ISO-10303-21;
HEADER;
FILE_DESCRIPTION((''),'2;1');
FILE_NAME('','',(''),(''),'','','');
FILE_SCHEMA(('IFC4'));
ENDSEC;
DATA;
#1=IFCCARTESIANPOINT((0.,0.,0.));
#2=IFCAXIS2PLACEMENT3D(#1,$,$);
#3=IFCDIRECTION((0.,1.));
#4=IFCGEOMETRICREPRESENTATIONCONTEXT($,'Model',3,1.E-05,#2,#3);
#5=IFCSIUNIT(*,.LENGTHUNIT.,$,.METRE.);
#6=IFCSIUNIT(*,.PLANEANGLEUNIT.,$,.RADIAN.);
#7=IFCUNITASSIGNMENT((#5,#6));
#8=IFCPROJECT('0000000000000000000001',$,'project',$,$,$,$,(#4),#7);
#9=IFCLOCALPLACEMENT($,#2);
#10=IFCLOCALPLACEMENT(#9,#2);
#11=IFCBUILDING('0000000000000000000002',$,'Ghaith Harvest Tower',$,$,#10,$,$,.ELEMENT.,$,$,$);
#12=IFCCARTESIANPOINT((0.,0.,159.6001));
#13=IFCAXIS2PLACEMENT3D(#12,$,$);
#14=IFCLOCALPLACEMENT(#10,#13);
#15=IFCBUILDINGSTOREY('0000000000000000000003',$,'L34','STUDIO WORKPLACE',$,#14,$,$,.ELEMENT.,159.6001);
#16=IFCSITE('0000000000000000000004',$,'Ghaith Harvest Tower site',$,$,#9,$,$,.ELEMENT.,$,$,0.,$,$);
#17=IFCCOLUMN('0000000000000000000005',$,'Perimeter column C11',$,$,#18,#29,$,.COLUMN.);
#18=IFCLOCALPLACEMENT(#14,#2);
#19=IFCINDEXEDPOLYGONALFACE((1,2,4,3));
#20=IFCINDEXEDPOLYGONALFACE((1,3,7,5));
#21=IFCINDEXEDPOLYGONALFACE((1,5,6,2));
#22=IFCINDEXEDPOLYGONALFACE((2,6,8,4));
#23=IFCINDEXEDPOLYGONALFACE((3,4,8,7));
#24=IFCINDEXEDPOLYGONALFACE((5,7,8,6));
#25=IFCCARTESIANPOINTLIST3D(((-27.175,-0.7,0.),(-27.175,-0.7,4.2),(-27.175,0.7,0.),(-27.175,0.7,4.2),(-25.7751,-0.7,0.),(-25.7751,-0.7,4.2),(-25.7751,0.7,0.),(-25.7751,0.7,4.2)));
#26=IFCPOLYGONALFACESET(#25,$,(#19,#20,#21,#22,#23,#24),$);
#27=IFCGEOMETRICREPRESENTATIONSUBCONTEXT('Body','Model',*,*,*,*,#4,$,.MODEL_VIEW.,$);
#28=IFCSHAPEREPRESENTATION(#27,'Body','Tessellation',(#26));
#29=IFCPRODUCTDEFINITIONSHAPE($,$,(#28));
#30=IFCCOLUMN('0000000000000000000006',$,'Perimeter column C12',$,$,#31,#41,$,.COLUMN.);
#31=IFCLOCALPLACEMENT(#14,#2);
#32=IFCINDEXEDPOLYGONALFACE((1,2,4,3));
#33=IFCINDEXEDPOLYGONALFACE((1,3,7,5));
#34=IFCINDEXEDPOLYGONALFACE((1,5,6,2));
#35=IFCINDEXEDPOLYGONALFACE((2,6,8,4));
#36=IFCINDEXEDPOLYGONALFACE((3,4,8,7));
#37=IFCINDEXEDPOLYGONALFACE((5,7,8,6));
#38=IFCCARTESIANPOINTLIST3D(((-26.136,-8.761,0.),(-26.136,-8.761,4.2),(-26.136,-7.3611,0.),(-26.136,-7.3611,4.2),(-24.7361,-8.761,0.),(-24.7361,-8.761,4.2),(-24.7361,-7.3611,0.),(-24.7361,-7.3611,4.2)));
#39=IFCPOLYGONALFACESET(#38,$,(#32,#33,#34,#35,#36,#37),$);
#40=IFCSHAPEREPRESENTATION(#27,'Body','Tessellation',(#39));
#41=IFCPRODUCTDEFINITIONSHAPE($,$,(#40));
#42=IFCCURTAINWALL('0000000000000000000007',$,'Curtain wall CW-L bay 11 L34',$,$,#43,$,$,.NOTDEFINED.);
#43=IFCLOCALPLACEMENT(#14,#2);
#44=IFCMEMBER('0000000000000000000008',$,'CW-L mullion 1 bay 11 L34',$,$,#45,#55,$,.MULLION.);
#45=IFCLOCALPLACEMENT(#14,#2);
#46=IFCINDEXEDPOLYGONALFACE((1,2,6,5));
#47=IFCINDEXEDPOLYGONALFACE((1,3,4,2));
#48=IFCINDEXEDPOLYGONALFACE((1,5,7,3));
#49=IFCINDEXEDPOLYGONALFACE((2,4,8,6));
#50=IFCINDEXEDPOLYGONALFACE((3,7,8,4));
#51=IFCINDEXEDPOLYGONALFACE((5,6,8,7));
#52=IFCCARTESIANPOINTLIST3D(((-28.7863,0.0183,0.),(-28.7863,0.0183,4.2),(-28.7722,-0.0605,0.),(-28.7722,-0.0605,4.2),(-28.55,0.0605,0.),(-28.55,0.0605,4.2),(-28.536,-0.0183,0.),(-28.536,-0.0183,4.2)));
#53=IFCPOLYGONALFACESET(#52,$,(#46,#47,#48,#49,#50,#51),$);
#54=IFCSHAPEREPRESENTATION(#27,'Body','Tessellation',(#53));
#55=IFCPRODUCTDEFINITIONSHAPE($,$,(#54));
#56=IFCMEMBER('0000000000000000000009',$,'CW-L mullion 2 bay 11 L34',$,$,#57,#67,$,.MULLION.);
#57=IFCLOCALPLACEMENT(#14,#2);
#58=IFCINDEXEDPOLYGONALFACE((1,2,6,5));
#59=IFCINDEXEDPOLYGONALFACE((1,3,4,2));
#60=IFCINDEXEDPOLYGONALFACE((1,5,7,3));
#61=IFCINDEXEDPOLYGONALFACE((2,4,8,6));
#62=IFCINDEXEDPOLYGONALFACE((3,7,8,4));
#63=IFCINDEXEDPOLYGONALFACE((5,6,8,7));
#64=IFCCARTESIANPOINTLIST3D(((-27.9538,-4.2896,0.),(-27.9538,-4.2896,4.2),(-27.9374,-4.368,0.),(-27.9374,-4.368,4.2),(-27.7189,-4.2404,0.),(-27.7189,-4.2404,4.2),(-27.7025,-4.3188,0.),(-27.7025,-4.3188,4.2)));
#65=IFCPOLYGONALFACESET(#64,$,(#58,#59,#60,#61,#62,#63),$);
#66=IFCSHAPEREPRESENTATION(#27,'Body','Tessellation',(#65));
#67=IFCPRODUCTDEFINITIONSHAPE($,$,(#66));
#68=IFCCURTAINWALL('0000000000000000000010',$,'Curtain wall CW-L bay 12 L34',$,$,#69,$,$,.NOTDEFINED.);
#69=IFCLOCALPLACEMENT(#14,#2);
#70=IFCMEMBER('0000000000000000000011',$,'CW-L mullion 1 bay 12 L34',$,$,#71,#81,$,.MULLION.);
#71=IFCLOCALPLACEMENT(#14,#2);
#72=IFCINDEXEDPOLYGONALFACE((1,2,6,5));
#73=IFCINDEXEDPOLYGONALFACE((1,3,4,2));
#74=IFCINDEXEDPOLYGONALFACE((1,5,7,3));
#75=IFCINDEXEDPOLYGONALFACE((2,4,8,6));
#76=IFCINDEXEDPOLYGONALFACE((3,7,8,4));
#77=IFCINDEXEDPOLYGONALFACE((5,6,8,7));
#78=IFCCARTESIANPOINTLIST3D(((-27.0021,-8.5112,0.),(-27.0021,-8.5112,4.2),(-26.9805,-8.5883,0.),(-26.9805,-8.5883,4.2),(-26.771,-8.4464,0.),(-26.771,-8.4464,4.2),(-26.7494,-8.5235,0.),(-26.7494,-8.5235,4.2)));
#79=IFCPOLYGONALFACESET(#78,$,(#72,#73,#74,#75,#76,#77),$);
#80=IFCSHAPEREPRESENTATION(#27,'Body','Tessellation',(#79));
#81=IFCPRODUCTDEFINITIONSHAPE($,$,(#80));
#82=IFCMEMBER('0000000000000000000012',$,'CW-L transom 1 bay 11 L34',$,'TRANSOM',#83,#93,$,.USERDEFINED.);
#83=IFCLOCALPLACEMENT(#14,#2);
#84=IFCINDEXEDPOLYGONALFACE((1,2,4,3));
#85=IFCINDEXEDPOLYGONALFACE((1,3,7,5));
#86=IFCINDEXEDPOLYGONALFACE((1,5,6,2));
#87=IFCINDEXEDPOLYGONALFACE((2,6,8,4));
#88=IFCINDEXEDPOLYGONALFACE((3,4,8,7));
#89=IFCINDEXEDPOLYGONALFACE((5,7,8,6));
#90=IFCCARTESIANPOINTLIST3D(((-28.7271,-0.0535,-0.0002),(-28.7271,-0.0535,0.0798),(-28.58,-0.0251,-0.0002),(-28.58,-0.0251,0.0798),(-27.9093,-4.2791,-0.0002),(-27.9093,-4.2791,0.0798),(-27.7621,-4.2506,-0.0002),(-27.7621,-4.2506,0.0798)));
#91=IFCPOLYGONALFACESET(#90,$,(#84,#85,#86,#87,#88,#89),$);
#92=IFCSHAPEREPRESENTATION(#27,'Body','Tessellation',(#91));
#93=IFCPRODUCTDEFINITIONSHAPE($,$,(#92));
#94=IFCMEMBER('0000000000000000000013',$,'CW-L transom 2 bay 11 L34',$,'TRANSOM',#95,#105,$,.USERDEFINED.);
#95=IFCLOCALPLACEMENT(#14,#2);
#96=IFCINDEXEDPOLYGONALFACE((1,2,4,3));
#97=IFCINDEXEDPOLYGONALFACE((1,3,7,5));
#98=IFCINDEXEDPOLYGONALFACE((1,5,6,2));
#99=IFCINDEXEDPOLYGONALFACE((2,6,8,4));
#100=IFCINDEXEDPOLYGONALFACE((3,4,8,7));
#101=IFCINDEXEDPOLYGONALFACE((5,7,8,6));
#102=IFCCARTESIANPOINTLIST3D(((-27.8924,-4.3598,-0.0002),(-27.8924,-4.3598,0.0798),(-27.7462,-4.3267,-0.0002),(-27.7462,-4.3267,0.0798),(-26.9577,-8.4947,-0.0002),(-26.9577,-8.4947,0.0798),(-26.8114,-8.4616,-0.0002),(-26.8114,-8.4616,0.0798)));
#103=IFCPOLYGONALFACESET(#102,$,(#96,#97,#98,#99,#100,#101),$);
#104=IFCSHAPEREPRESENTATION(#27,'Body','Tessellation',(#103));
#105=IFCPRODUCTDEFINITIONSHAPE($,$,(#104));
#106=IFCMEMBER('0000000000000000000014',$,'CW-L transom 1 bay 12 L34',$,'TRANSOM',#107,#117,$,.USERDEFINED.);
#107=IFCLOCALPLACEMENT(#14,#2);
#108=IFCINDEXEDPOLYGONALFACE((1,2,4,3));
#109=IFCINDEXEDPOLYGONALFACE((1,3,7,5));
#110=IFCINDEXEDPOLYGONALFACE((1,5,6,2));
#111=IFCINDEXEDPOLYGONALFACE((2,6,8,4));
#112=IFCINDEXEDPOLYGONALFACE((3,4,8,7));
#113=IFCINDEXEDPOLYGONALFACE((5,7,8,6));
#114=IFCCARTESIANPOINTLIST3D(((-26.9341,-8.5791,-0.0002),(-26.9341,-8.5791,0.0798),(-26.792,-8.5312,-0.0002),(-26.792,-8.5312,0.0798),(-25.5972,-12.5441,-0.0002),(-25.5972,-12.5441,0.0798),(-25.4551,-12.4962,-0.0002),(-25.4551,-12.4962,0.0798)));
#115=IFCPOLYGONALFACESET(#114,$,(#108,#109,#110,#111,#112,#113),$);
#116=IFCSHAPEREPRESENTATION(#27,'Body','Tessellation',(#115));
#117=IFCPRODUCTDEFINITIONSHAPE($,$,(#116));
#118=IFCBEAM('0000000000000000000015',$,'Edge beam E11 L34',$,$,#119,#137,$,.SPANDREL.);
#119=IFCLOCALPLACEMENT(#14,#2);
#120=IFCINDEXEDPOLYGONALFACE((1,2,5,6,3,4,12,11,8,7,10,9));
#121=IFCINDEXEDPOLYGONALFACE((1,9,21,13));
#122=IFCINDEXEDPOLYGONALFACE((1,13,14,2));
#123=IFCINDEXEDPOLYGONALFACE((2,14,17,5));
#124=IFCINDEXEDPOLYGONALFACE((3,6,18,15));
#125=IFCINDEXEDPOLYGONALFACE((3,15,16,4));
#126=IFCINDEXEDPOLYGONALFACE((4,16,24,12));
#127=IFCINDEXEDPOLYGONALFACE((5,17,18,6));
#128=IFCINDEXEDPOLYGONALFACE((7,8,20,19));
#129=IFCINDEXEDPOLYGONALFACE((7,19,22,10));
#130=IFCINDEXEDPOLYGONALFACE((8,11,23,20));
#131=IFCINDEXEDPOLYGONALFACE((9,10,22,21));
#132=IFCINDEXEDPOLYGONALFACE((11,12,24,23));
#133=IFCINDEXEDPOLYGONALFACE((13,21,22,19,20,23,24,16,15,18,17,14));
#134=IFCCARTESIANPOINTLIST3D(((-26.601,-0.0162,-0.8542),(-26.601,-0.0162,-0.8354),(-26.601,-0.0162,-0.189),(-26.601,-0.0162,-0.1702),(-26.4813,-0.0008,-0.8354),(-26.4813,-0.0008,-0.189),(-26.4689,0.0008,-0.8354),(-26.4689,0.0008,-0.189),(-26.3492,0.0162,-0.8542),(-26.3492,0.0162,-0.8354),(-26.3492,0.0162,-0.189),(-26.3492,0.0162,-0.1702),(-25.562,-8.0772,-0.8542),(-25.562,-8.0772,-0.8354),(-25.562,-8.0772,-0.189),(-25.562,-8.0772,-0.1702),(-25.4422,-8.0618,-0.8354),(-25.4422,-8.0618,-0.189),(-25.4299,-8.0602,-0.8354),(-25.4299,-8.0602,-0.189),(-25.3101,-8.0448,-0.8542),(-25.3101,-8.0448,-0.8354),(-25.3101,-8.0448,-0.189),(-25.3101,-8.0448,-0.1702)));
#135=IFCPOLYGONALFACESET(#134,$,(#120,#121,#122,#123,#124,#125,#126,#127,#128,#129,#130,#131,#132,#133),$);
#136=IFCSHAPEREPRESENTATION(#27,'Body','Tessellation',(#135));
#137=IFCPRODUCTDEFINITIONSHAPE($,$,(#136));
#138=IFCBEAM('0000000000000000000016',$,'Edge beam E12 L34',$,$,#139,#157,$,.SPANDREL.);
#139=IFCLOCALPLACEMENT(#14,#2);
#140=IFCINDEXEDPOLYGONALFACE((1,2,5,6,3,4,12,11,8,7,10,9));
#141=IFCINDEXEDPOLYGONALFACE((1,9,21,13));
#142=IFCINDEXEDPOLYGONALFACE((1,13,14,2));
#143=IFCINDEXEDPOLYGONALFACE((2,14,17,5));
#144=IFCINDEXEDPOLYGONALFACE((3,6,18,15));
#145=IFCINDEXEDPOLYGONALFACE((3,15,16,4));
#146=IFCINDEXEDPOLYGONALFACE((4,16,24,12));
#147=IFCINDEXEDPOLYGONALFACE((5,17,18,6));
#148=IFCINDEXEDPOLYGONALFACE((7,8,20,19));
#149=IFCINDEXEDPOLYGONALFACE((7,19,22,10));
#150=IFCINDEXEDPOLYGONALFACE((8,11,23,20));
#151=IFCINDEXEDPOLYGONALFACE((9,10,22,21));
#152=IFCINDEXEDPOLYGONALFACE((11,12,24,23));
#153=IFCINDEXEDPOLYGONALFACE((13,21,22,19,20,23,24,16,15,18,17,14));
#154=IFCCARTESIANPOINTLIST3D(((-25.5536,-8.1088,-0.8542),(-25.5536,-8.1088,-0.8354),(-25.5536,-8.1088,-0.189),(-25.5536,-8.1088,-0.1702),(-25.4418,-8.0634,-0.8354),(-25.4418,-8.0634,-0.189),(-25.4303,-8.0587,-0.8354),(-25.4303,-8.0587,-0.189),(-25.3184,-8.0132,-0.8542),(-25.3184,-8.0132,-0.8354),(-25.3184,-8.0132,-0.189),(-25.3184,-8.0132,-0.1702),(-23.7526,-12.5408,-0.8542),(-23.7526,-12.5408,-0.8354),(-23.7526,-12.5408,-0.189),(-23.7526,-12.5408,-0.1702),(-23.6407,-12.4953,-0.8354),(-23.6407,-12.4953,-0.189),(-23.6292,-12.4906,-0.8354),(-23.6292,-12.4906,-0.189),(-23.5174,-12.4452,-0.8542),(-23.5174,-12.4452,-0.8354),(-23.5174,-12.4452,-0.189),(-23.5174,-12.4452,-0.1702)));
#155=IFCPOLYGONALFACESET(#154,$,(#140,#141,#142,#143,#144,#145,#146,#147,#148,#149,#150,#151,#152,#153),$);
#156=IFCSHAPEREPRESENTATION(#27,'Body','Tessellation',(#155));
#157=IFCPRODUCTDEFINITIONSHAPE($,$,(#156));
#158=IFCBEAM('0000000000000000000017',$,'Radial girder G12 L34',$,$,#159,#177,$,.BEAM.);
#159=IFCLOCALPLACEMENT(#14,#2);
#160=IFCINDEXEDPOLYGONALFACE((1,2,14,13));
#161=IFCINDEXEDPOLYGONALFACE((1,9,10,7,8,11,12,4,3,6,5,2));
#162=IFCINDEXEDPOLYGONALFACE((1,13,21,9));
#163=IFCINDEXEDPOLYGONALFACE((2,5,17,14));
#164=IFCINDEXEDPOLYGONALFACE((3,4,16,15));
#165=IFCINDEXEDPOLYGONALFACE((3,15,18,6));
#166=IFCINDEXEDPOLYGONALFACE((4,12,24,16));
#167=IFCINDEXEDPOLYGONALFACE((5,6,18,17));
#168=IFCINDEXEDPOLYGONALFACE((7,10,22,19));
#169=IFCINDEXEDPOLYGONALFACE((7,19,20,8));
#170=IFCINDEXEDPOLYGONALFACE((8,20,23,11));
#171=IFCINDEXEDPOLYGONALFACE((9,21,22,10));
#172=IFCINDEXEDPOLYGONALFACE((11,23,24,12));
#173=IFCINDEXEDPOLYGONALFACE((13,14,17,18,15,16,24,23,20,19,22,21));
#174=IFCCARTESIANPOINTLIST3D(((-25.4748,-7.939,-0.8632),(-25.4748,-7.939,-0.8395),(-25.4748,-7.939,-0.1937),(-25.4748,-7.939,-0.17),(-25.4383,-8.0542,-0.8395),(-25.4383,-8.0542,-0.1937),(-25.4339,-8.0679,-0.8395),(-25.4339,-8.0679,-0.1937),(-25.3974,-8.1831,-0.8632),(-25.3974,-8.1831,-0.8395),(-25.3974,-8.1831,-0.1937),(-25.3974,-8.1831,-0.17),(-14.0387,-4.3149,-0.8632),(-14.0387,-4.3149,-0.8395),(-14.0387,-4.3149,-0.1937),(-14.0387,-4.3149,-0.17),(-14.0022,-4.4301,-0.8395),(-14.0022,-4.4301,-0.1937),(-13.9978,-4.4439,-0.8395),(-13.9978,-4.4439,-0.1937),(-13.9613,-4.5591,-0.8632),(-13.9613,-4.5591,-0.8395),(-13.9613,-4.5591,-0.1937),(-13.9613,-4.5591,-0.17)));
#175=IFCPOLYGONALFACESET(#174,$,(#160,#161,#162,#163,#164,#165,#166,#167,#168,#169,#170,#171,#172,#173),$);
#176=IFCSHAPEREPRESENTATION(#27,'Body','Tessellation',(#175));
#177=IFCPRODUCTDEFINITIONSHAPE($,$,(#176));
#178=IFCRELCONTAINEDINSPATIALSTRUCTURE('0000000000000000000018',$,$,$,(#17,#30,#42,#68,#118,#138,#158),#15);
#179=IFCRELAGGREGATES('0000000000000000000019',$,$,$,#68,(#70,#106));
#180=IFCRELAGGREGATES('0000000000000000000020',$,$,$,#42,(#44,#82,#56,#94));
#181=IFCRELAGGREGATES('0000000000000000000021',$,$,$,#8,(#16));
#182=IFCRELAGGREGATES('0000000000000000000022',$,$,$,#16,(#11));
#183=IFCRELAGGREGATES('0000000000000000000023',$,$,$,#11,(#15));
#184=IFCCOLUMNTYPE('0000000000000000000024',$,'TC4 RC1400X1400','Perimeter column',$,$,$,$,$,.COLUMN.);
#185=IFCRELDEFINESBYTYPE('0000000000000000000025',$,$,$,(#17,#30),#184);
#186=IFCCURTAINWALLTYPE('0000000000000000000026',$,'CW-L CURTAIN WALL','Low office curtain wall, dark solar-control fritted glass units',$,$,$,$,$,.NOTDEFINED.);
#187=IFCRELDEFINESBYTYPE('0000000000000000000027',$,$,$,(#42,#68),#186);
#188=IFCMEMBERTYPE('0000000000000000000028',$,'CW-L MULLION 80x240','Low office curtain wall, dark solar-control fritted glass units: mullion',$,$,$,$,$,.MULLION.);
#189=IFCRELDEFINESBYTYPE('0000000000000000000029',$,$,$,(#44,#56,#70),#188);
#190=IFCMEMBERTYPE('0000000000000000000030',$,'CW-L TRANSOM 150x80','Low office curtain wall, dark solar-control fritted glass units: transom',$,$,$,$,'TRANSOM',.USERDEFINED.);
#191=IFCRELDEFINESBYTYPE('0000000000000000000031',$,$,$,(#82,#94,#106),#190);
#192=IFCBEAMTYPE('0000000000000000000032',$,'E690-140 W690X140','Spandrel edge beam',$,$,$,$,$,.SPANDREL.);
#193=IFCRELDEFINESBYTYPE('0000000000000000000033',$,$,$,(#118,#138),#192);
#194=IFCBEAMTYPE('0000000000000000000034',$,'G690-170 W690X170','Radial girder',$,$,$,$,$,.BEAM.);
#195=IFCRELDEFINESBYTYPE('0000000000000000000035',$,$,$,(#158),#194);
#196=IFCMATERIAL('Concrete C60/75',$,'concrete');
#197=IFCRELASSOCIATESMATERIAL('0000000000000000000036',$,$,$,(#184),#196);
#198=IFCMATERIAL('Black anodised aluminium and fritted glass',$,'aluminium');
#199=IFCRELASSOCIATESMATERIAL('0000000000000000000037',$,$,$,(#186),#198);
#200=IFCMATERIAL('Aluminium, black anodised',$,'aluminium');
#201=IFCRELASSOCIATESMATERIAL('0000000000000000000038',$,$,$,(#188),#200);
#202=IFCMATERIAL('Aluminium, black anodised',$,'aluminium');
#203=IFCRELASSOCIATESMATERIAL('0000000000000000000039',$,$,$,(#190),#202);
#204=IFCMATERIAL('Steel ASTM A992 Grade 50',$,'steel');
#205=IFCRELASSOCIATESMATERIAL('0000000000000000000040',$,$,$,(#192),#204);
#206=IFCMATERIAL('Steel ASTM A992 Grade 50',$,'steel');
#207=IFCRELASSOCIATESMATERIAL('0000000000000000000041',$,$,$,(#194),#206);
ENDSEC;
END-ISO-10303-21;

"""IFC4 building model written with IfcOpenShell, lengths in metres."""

from ifc_helpers import new_model, si_unit, direction, frame, origin, origin_2d, place, context, subcontext, project, spatial, rectangle, i_section, extrude, material, material_profile, profile_set, type_object, element, aggregate, save


model = new_model("IFC4")

# Units and contexts
model_context = context("Model", 3, precision=1e-05, world=origin(), true_north=direction((0.0, 1.0)))
body_context = subcontext(model_context, "Body", "Model", "MODEL_VIEW")
ifc_project = project(units=[si_unit("LENGTHUNIT", "METRE"), si_unit("PLANEANGLEUNIT", "RADIAN")], contexts=[model_context])

# Site, building, storey
site_placement = place(None, origin())
site = spatial("IfcSite", under=ifc_project, at=site_placement, Name="Ghaith Harvest Tower site", CompositionType="ELEMENT", RefElevation=0.0)
building_placement = place(site_placement, origin())
building = spatial("IfcBuilding", under=site, at=building_placement, Name="Ghaith Harvest Tower", CompositionType="ELEMENT")
storey_placement = place(building_placement, frame((0.0, 0.0, 159.6001)))
storey = spatial("IfcBuildingStorey", under=building, at=storey_placement, Name="L34", Description="STUDIO WORKPLACE", CompositionType="ELEMENT", Elevation=159.6001)

# Columns
ifc_material_1 = material(Name="Concrete C60/75", Category="concrete")
ifc_material_profile_1 = material_profile(ifc_material_1, rectangle(XDim=1.3999, YDim=1.3999, at=origin_2d()), Name="RC1400X1400")
ifc_profile_set_1 = profile_set([ifc_material_profile_1], Name="Concrete C60/75")
column_type = type_object("IfcColumnType", Name="TC4 RC1400X1400", Description="Perimeter column", PredefinedType="COLUMN", material=ifc_profile_set_1)
for number, where, z_axis, x_axis, name in (
    (1, (-26.4751, 0.0, 0.0), (0.0, 0.0, 1.0), (1.0, 0.0, 0.0), "Perimeter column C11"),
    (2, (-25.436, -8.061, 0.0), (0.0, 0.0, 1.0), (1.0, 0.0, 0.0), "Perimeter column C12"),
):
    element("IfcColumn", number, at=place(storey_placement, frame(where, z_axis=z_axis, x_axis=x_axis)), inside=storey, type_object=column_type, Name=name, PredefinedType="COLUMN", context=body_context, shape_type="SweptSolid", body=[
        extrude(rectangle(XDim=1.3999, YDim=1.3999, at=origin_2d()), origin(), (0.0, 0.0, 1.0), 4.2),
    ])

# Curtain wall, members
ifc_material_2 = material(Name="Black anodised aluminium and fritted glass", Category="aluminium")
curtain_wall_type = type_object("IfcCurtainWallType", Name="CW-L CURTAIN WALL", Description="Low office curtain wall, dark solar-control fritted glass units", PredefinedType="NOTDEFINED", material=ifc_material_2)
curtain_wall_1_placement = place(storey_placement, origin())
curtain_wall_1 = element("IfcCurtainWall", 3, at=curtain_wall_1_placement, inside=storey, type_object=curtain_wall_type, Name="Curtain wall CW-L bay 11 L34", PredefinedType="NOTDEFINED")
ifc_material_3 = material(Name="Aluminium, black anodised", Category="aluminium")
ifc_material_profile_2 = material_profile(ifc_material_3, rectangle(XDim=0.0801, YDim=0.24, at=origin_2d()), Name="CW-L MULLION 80x240")
ifc_profile_set_2 = profile_set([ifc_material_profile_2], Name="Aluminium, black anodised")
member_type_1 = type_object("IfcMemberType", Name="CW-L MULLION 80x240", Description="Low office curtain wall, dark solar-control fritted glass units: mullion", PredefinedType="MULLION", material=ifc_profile_set_2)
member_1_placement = place(storey_placement, frame((-28.6611, 0.0, 0.0), z_axis=(0.0, 0.0, 1.0), x_axis=(0.175827, -0.984421, 0.0)))
member_1 = element("IfcMember", 4, at=member_1_placement, type_object=member_type_1, Name="CW-L mullion 1 bay 11 L34", PredefinedType="MULLION", context=body_context, shape_type="SweptSolid", body=[
    extrude(rectangle(XDim=0.0801, YDim=0.24, at=origin_2d()), origin(), (0.0, 0.0, 1.0), 4.2),
])
member_2_placement = place(storey_placement, frame((-27.8281, -4.3042, 0.0), z_axis=(0.0, 0.0, 1.0), x_axis=(0.205176, -0.978725, 0.0)))
member_2 = element("IfcMember", 5, at=member_2_placement, type_object=member_type_1, Name="CW-L mullion 2 bay 11 L34", PredefinedType="MULLION", context=body_context, shape_type="SweptSolid", body=[
    extrude(rectangle(XDim=0.0801, YDim=0.24, at=origin_2d()), origin(), (0.0, 0.0, 1.0), 4.2),
])

# Curtain wall, member
curtain_wall_2_placement = place(storey_placement, origin())
curtain_wall_2 = element("IfcCurtainWall", 6, at=curtain_wall_2_placement, inside=storey, type_object=curtain_wall_type, Name="Curtain wall CW-L bay 12 L34", PredefinedType="NOTDEFINED")
member_3_placement = place(storey_placement, frame((-26.8757, -8.5173, 0.0), z_axis=(0.0, 0.0, 1.0), x_axis=(0.270019, -0.962855, 0.0)))
member_3 = element("IfcMember", 7, at=member_3_placement, type_object=member_type_1, Name="CW-L mullion 1 bay 12 L34", PredefinedType="MULLION", context=body_context, shape_type="SweptSolid", body=[
    extrude(rectangle(XDim=0.0801, YDim=0.24, at=origin_2d()), origin(), (0.0, 0.0, 1.0), 4.2),
])

# Members
ifc_material_4 = material(Name="Aluminium, black anodised", Category="aluminium")
ifc_material_profile_3 = material_profile(ifc_material_4, rectangle(XDim=0.1499, YDim=0.0801, at=origin_2d()), Name="CW-L TRANSOM 150x80")
ifc_profile_set_3 = profile_set([ifc_material_profile_3], Name="Aluminium, black anodised")
member_type_2 = type_object("IfcMemberType", Name="CW-L TRANSOM 150x80", Description="Low office curtain wall, dark solar-control fritted glass units: transom", ElementType="TRANSOM", PredefinedType="USERDEFINED", material=ifc_profile_set_3)
member_4_placement = place(storey_placement, frame((-28.6536, -0.0393, 0.0398), z_axis=(0.190025, -0.981779, 0.0), x_axis=(0.981779, 0.190025, 0.0)))
member_4 = element("IfcMember", 8, at=member_4_placement, type_object=member_type_2, Name="CW-L transom 1 bay 11 L34", ObjectType="TRANSOM", PredefinedType="USERDEFINED", context=body_context, shape_type="SweptSolid", body=[
    extrude(rectangle(XDim=0.1499, YDim=0.0801, at=origin_2d()), origin(), (0.0, 0.0, 1.0), 4.304),
])
member_5_placement = place(storey_placement, frame((-27.8193, -4.3433, 0.0398), z_axis=(0.220508, -0.975385, 0.0), x_axis=(0.975385, 0.220508, 0.0)))
member_5 = element("IfcMember", 9, at=member_5_placement, type_object=member_type_2, Name="CW-L transom 2 bay 11 L34", ObjectType="TRANSOM", PredefinedType="USERDEFINED", context=body_context, shape_type="SweptSolid", body=[
    extrude(rectangle(XDim=0.1499, YDim=0.0801, at=origin_2d()), origin(), (0.0, 0.0, 1.0), 4.2393),
])
member_6_placement = place(storey_placement, frame((-26.863, -8.5552, 0.0398), z_axis=(0.319499, -0.947587, 0.0), x_axis=(0.947587, 0.319499, 0.0)))
member_6 = element("IfcMember", 10, at=member_6_placement, type_object=member_type_2, Name="CW-L transom 1 bay 12 L34", ObjectType="TRANSOM", PredefinedType="USERDEFINED", context=body_context, shape_type="SweptSolid", body=[
    extrude(rectangle(XDim=0.1499, YDim=0.0801, at=origin_2d()), origin(), (0.0, 0.0, 1.0), 4.1843),
])
aggregate(curtain_wall_2, [member_3, member_6])

# Beams
ifc_material_5 = material(Name="Steel ASTM A992 Grade 50", Category="steel")
ifc_material_profile_4 = material_profile(ifc_material_5, i_section(OverallWidth=0.2539, OverallDepth=0.6841, WebThickness=0.0125, FlangeThickness=0.0188, at=origin_2d()), Name="W690X140")
ifc_profile_set_4 = profile_set([ifc_material_profile_4], Name="Steel ASTM A992 Grade 50")
beam_type_1 = type_object("IfcBeamType", Name="E690-140 W690X140", Description="Spandrel edge beam", PredefinedType="SPANDREL", material=ifc_profile_set_4)
beam_1_placement = place(storey_placement, frame((-26.4751, 0.0, -0.5122), z_axis=(0.127842, -0.991795, 0.0), x_axis=(0.991795, 0.127842, 0.0)))
element("IfcBeam", 11, at=beam_1_placement, inside=storey, type_object=beam_type_1, Name="Edge beam E11 L34", PredefinedType="SPANDREL", context=body_context, shape_type="SweptSolid", body=[
    extrude(i_section(OverallWidth=0.2539, OverallDepth=0.6841, WebThickness=0.0125, FlangeThickness=0.0188, at=origin_2d()), origin(), (0.0, 0.0, 1.0), 8.1277),
])
beam_2_placement = place(storey_placement, frame((-25.436, -8.061, -0.5122), z_axis=(0.37648, -0.926425, 0.0), x_axis=(0.926425, 0.37648, 0.0)))
element("IfcBeam", 12, at=beam_2_placement, inside=storey, type_object=beam_type_1, Name="Edge beam E12 L34", PredefinedType="SPANDREL", context=body_context, shape_type="SweptSolid", body=[
    extrude(i_section(OverallWidth=0.2539, OverallDepth=0.6841, WebThickness=0.0125, FlangeThickness=0.0188, at=origin_2d()), origin(), (0.0, 0.0, 1.0), 4.7839),
])
ifc_material_6 = material(Name="Steel ASTM A992 Grade 50", Category="steel")
ifc_material_profile_5 = material_profile(ifc_material_6, i_section(OverallWidth=0.2561, OverallDepth=0.6931, WebThickness=0.0144, FlangeThickness=0.0237, at=origin_2d()), Name="W690X170")
ifc_profile_set_5 = profile_set([ifc_material_profile_5], Name="Steel ASTM A992 Grade 50")
beam_type_2 = type_object("IfcBeamType", Name="G690-170 W690X170", Description="Radial girder", PredefinedType="BEAM", material=ifc_profile_set_5)
beam_3_placement = place(storey_placement, frame((-14.0, -4.437, -0.5166), z_axis=(-0.95328, -0.30209, 0.0), x_axis=(0.30209, -0.95328, 0.0)))
element("IfcBeam", 13, at=beam_3_placement, inside=storey, type_object=beam_type_2, Name="Radial girder G12 L34", PredefinedType="BEAM", context=body_context, shape_type="SweptSolid", body=[
    extrude(i_section(OverallWidth=0.2561, OverallDepth=0.6931, WebThickness=0.0144, FlangeThickness=0.0237, at=origin_2d()), origin(), (0.0, 0.0, 1.0), 11.9966),
])

aggregate(curtain_wall_1, [member_1, member_4, member_2, member_5])

save(model, "model.ifc")
